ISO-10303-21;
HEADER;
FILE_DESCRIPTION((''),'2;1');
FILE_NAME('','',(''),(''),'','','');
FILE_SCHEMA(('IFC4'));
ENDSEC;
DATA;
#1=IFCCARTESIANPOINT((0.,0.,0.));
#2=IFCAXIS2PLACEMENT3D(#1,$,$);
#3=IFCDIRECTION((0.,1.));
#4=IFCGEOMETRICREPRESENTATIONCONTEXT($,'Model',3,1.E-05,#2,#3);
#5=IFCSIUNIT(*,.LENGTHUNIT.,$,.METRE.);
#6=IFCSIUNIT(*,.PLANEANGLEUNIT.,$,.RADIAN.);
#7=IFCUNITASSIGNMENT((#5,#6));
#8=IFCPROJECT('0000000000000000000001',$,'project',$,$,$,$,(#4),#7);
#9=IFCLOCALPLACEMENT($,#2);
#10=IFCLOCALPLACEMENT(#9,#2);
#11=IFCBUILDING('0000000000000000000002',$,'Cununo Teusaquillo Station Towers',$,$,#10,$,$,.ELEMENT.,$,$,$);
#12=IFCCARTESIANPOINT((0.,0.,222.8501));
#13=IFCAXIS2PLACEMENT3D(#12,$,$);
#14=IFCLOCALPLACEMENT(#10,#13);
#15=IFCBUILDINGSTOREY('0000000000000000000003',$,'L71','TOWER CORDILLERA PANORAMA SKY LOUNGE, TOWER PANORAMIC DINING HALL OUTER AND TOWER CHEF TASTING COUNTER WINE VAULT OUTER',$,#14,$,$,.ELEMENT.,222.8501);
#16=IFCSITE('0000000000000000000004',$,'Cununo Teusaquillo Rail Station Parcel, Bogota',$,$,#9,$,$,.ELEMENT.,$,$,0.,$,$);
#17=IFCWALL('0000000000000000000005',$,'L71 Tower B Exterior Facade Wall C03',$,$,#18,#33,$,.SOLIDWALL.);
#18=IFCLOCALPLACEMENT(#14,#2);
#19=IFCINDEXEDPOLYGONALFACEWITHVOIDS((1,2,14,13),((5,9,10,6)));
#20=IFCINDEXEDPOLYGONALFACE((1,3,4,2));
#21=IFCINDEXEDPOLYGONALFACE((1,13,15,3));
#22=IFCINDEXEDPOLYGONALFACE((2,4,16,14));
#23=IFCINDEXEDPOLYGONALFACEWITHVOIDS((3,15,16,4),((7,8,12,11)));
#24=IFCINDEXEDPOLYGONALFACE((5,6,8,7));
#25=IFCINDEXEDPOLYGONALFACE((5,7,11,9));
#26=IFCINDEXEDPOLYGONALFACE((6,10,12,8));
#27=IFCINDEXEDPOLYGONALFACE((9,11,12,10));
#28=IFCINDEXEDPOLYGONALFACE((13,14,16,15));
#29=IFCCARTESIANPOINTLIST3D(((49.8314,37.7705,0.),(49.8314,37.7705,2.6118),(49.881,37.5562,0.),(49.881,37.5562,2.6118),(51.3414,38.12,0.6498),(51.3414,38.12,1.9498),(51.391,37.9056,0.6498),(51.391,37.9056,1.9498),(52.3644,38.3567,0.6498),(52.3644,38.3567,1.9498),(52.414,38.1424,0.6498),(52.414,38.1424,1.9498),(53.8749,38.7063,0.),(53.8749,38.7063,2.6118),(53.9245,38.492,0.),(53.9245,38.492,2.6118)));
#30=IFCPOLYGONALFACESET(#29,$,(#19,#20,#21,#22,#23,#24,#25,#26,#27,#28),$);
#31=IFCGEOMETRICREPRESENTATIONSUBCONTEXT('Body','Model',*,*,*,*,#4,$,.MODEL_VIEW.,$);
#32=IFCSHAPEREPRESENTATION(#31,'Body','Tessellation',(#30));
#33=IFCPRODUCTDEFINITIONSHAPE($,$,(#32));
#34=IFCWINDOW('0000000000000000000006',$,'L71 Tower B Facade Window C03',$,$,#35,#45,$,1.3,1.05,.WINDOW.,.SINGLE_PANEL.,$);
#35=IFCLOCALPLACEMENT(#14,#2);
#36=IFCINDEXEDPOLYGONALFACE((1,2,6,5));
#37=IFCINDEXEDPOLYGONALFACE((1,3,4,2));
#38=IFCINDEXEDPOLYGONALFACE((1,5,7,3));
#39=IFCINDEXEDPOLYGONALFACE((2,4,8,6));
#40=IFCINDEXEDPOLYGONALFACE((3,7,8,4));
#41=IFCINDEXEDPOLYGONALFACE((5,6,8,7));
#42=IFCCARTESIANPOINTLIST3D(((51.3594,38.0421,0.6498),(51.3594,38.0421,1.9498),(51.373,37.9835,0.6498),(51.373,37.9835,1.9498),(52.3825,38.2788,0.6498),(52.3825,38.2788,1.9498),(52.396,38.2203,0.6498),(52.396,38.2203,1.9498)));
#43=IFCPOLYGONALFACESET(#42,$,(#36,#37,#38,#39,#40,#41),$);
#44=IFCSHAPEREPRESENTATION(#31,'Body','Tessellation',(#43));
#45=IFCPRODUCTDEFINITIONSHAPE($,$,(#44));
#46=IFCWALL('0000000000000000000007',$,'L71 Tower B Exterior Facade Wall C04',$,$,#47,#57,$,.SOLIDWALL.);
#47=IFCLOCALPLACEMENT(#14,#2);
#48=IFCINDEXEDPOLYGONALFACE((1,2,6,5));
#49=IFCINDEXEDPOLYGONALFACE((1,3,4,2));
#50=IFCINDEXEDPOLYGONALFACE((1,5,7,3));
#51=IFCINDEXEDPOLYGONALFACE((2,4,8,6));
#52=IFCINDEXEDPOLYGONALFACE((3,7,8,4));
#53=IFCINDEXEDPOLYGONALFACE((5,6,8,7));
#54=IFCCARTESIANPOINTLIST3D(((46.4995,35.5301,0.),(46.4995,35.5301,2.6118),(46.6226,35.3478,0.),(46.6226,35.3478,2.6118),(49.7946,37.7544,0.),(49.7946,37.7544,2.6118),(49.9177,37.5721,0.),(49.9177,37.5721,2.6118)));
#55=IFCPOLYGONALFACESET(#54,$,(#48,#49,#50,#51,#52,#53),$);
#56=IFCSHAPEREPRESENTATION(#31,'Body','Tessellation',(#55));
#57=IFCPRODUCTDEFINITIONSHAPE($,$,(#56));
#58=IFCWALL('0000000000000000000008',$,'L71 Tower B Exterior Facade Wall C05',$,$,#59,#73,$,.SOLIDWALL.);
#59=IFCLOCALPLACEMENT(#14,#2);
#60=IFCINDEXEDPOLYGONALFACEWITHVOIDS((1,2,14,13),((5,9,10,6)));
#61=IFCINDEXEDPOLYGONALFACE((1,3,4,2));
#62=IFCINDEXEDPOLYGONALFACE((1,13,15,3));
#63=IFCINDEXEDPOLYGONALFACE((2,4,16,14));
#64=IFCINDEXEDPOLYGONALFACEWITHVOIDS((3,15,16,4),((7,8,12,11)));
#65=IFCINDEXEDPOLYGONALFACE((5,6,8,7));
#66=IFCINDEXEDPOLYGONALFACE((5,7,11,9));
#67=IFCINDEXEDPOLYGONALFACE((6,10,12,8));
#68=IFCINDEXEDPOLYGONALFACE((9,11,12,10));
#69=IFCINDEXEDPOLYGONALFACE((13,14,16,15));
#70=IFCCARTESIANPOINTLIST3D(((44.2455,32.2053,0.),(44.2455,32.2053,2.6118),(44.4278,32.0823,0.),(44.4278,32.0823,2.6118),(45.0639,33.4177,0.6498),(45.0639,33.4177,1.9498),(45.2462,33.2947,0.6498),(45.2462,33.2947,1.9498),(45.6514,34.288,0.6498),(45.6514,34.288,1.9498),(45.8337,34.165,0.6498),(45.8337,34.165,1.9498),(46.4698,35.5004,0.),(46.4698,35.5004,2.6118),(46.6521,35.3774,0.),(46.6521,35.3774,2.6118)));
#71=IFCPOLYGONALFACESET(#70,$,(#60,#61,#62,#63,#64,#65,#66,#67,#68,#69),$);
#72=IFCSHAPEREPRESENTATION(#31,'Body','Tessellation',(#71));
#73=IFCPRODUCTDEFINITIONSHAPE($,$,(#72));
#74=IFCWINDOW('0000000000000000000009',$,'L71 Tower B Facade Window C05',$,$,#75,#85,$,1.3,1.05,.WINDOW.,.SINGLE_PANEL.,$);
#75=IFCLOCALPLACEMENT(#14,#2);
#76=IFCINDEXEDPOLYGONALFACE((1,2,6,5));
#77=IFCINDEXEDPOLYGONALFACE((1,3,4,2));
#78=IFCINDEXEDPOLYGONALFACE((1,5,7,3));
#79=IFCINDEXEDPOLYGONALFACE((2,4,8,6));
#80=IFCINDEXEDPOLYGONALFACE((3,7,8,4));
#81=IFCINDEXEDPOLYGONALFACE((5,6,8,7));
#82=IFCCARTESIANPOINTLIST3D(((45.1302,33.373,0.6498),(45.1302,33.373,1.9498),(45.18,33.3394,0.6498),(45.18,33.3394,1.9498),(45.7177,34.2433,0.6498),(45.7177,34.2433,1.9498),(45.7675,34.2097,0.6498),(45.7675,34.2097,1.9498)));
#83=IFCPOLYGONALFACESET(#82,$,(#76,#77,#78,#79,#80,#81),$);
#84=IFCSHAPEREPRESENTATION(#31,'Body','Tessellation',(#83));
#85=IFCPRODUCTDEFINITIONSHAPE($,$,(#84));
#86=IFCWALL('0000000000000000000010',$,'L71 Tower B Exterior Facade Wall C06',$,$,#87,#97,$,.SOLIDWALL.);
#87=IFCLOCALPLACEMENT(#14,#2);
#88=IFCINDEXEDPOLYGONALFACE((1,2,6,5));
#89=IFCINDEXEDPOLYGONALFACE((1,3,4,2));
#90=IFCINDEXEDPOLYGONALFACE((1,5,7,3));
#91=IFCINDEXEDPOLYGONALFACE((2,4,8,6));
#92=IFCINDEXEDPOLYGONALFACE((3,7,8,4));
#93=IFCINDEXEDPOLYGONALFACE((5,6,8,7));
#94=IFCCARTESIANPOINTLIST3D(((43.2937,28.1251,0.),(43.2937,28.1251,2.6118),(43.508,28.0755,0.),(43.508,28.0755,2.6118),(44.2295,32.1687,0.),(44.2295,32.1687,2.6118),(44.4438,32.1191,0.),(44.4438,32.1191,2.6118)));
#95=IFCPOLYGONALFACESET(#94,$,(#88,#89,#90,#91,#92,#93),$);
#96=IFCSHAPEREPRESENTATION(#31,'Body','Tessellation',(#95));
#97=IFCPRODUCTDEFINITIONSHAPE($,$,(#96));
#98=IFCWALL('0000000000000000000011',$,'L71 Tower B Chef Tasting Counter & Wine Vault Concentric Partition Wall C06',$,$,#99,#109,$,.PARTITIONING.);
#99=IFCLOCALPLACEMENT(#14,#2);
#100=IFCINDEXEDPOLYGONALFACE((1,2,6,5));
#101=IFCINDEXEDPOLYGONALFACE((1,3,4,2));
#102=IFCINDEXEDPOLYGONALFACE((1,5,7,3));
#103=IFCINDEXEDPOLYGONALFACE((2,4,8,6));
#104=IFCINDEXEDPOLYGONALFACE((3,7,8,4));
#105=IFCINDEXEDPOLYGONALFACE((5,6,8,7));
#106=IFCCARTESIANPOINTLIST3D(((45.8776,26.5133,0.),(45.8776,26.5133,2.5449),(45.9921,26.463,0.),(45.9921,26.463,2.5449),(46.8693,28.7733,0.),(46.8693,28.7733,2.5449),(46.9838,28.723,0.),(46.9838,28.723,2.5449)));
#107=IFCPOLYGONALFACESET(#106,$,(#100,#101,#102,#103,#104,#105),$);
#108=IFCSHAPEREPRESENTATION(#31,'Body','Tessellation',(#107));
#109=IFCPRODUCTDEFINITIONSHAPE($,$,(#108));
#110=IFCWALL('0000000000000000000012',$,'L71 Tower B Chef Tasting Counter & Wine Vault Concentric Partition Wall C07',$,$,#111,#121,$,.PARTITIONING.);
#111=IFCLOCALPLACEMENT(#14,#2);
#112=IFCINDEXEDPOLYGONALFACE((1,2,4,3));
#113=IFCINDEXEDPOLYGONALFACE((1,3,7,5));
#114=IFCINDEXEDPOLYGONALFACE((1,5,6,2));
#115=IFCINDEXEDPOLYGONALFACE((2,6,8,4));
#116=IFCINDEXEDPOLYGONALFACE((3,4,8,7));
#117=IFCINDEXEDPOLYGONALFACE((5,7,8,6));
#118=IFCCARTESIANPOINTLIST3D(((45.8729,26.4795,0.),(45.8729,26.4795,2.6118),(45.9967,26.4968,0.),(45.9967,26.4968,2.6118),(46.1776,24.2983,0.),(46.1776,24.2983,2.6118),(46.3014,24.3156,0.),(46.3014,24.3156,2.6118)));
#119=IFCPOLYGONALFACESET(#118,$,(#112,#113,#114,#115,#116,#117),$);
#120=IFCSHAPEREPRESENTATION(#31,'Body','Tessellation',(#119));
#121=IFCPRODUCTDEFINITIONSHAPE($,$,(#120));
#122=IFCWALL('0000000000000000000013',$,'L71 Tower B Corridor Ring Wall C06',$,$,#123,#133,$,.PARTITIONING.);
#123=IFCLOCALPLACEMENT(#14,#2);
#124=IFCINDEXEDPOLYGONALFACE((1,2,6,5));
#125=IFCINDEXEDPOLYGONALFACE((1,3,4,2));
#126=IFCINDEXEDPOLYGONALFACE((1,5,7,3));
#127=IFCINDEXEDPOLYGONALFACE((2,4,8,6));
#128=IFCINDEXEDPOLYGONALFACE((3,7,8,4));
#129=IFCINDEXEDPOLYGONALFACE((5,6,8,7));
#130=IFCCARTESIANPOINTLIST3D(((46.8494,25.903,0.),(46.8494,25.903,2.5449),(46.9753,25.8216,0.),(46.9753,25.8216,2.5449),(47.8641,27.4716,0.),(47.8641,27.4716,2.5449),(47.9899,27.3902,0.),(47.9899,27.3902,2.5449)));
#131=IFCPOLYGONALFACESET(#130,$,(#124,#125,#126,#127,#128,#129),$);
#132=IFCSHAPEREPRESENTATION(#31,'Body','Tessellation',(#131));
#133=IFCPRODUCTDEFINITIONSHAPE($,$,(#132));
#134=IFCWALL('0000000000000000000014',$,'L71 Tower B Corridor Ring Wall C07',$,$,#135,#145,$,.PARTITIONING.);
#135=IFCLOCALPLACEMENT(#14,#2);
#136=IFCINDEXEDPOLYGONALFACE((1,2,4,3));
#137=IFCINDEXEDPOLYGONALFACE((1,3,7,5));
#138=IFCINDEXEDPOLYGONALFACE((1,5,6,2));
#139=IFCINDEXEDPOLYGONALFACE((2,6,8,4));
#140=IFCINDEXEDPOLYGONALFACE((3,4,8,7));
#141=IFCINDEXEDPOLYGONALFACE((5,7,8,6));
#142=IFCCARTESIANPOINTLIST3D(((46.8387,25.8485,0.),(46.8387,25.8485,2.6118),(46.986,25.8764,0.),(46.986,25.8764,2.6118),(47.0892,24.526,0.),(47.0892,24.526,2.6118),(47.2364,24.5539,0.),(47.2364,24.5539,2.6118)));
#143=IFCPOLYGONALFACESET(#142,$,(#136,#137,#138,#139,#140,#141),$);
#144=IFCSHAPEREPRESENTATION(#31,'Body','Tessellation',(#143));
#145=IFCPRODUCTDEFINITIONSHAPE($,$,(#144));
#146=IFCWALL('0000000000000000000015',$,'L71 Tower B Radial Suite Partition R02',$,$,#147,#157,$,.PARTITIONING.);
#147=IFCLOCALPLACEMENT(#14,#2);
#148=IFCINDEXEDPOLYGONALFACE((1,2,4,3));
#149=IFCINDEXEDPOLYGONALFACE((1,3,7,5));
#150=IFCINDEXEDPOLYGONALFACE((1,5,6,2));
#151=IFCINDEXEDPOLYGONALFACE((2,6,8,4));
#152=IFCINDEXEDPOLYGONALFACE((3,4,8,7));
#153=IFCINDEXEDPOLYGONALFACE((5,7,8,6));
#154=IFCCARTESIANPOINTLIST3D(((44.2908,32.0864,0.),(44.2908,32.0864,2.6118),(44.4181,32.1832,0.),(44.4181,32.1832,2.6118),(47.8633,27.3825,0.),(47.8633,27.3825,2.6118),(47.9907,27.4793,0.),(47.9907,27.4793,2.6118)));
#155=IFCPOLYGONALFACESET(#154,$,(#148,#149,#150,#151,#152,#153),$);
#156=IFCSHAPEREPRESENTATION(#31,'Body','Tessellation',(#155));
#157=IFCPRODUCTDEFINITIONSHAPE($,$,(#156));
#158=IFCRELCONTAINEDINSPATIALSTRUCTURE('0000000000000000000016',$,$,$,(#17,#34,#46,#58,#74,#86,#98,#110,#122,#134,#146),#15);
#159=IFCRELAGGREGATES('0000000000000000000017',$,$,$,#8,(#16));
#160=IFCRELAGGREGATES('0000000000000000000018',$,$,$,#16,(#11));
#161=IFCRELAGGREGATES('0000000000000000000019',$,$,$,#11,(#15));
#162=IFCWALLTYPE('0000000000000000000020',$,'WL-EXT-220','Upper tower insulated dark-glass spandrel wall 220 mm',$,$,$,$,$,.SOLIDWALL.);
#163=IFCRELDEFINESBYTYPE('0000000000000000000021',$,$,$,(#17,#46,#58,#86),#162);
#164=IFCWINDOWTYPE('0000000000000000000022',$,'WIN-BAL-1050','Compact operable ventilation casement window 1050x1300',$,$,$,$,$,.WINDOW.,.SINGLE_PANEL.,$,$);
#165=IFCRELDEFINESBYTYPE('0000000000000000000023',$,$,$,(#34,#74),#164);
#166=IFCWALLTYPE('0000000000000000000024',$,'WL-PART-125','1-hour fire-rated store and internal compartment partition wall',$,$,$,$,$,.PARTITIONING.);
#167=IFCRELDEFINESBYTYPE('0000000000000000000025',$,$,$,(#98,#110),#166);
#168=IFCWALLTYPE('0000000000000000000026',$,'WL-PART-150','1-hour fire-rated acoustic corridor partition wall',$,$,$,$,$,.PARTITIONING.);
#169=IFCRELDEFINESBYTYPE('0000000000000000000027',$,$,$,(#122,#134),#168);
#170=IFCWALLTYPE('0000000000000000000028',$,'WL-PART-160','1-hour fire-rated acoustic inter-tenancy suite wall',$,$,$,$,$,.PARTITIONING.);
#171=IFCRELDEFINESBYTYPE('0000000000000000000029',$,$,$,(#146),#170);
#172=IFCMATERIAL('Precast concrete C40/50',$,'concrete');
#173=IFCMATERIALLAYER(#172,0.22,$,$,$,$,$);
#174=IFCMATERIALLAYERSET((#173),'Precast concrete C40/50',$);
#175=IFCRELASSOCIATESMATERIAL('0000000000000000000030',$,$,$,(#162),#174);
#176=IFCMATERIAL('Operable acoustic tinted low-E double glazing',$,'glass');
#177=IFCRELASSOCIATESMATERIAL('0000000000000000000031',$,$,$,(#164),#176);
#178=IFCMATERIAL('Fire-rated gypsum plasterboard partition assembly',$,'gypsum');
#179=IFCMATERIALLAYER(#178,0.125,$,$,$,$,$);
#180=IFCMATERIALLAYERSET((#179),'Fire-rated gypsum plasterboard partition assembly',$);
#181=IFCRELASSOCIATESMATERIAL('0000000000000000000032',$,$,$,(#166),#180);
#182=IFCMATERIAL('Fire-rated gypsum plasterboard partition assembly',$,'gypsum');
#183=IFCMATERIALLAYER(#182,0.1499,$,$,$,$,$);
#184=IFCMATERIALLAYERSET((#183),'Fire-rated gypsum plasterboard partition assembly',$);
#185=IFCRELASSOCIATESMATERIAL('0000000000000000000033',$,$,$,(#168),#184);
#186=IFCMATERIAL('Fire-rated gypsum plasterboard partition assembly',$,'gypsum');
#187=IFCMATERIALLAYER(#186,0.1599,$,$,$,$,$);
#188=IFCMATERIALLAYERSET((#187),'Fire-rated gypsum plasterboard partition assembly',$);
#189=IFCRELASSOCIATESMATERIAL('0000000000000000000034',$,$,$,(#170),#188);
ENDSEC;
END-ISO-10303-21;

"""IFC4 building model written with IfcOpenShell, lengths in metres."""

from ifc_helpers import new_model, si_unit, direction, frame, frame_2d, origin, place, context, subcontext, project, spatial, rectangle, extrude, source, transform, mapped, material, layer, layer_set, type_object, element, fill, save


model = new_model("IFC4")

# Units and contexts
model_context = context("Model", 3, precision=1e-05, world=origin(), true_north=direction((0.0, 1.0)))
body_context = subcontext(model_context, "Body", "Model", "MODEL_VIEW")
ifc_project = project(units=[si_unit("LENGTHUNIT", "METRE"), si_unit("PLANEANGLEUNIT", "RADIAN")], contexts=[model_context])

# Site, building, storey
site_placement = place(None, origin())
site = spatial("IfcSite", under=ifc_project, at=site_placement, Name="Cununo Teusaquillo Rail Station Parcel, Bogota", CompositionType="ELEMENT", RefElevation=0.0)
building_placement = place(site_placement, origin())
building = spatial("IfcBuilding", under=site, at=building_placement, Name="Cununo Teusaquillo Station Towers", CompositionType="ELEMENT")
storey_placement = place(building_placement, frame((0.0, 0.0, 222.8501)))
storey = spatial("IfcBuildingStorey", under=building, at=storey_placement, Name="L71", Description="TOWER CORDILLERA PANORAMA SKY LOUNGE, TOWER PANORAMIC DINING HALL OUTER AND TOWER CHEF TASTING COUNTER WINE VAULT OUTER", CompositionType="ELEMENT", Elevation=222.8501)

# Wall, opening, window
ifc_material_1 = material(Name="Precast concrete C40/50", Category="concrete")
ifc_layer_1 = layer(ifc_material_1, 0.22)
ifc_layer_set_1 = layer_set([ifc_layer_1], Name="Precast concrete C40/50")
wall_type_1 = type_object("IfcWallType", Name="WL-EXT-220", Description="Upper tower insulated dark-glass spandrel wall 220 mm", PredefinedType="SOLIDWALL", material=ifc_layer_set_1)
wall_1_placement = place(storey_placement, frame((49.8562, 37.6633, 0.0), z_axis=(0.0, 0.0, 1.0), x_axis=(0.974249, 0.225474, 0.0)))
wall_1 = element("IfcWall", 1, at=wall_1_placement, inside=storey, type_object=wall_type_1, Name="L71 Tower B Exterior Facade Wall C03", PredefinedType="SOLIDWALL", context=body_context, shape_type="SweptSolid", body=[
    extrude(rectangle(XDim=4.1504, YDim=0.22, at=frame_2d((2.0752, 0.0))), origin(), (0.0, 0.0, 1.0), 2.6118),
])
shared_shape_1 = source(origin(), body_context, "Body", "SweptSolid", [
    extrude(rectangle(XDim=1.05, YDim=1.3, at=frame_2d((0.5249, 0.6499))), frame((0.0, 0.1199, 0.0), z_axis=(0.0, -1.0, 0.0), x_axis=(1.0, 0.0, 0.0)), (0.0, 0.0, 1.0), 0.24),
])
opening_1_placement = place(wall_1_placement, frame((1.55, 0.0, 0.6499)))
opening_1 = element("IfcOpeningElement", 2, at=opening_1_placement, cuts=wall_1, PredefinedType="OPENING", context=body_context, shape_type="MappedRepresentation", body=[
    mapped(shared_shape_1, transform((0.0, 0.0, 0.0), x_axis=(1.0, 0.0, 0.0), y_axis=(0.0, 1.0, 0.0), z_axis=(0.0, 0.0, 1.0), scale=1.0)),
])
ifc_material_2 = material(Name="Operable acoustic tinted low-E double glazing", Category="glass")
window_type = type_object("IfcWindowType", Name="WIN-BAL-1050", Description="Compact operable ventilation casement window 1050x1300", PartitioningType="SINGLE_PANEL", PredefinedType="WINDOW", material=ifc_material_2)
shared_shape_2 = source(origin(), body_context, "Body", "SweptSolid", [
    extrude(rectangle(XDim=1.05, YDim=1.3, at=frame_2d((0.5249, 0.6499))), frame((0.0, 0.03, 0.0), z_axis=(0.0, -1.0, 0.0), x_axis=(1.0, 0.0, 0.0)), (0.0, 0.0, 1.0), 0.0601),
])
window_1_placement = place(opening_1_placement, origin())
window_1 = element("IfcWindow", 3, at=window_1_placement, inside=storey, type_object=window_type, Name="L71 Tower B Facade Window C03", OverallHeight=1.3, OverallWidth=1.05, PartitioningType="SINGLE_PANEL", PredefinedType="WINDOW", context=body_context, shape_type="MappedRepresentation", body=[
    mapped(shared_shape_2, transform((0.0, 0.0, 0.0), x_axis=(1.0, 0.0, 0.0), y_axis=(0.0, 1.0, 0.0), z_axis=(0.0, 0.0, 1.0), scale=1.0)),
])
fill(opening_1, window_1)

# Wall
wall_2_placement = place(storey_placement, frame((46.561, 35.439, 0.0), z_axis=(0.0, 0.0, 1.0), x_axis=(0.828834, 0.559495, 0.0)))
element("IfcWall", 4, at=wall_2_placement, inside=storey, type_object=wall_type_1, Name="L71 Tower B Exterior Facade Wall C04", PredefinedType="SOLIDWALL", context=body_context, shape_type="SweptSolid", body=[
    extrude(rectangle(XDim=3.9756, YDim=0.22, at=frame_2d((1.9878, 0.0))), origin(), (0.0, 0.0, 1.0), 2.6118),
])

# Wall, opening, window
wall_3_placement = place(storey_placement, frame((44.3367, 32.1438, 0.0), z_axis=(0.0, 0.0, 1.0), x_axis=(0.559495, 0.828834, 0.0)))
wall_3 = element("IfcWall", 5, at=wall_3_placement, inside=storey, type_object=wall_type_1, Name="L71 Tower B Exterior Facade Wall C05", PredefinedType="SOLIDWALL", context=body_context, shape_type="SweptSolid", body=[
    extrude(rectangle(XDim=3.9756, YDim=0.22, at=frame_2d((1.9878, 0.0))), origin(), (0.0, 0.0, 1.0), 2.6118),
])
opening_2_placement = place(wall_3_placement, frame((1.4629, 0.0, 0.6499)))
opening_2 = element("IfcOpeningElement", 6, at=opening_2_placement, cuts=wall_3, PredefinedType="OPENING", context=body_context, shape_type="MappedRepresentation", body=[
    mapped(shared_shape_1, transform((0.0, 0.0, 0.0), x_axis=(1.0, 0.0, 0.0), y_axis=(0.0, 1.0, 0.0), z_axis=(0.0, 0.0, 1.0), scale=1.0)),
])
window_2_placement = place(opening_2_placement, origin())
window_2 = element("IfcWindow", 7, at=window_2_placement, inside=storey, type_object=window_type, Name="L71 Tower B Facade Window C05", OverallHeight=1.3, OverallWidth=1.05, PartitioningType="SINGLE_PANEL", PredefinedType="WINDOW", context=body_context, shape_type="MappedRepresentation", body=[
    mapped(shared_shape_2, transform((0.0, 0.0, 0.0), x_axis=(1.0, 0.0, 0.0), y_axis=(0.0, 1.0, 0.0), z_axis=(0.0, 0.0, 1.0), scale=1.0)),
])
fill(opening_2, window_2)

# Walls
wall_4_placement = place(storey_placement, frame((43.4009, 28.1003, 0.0), z_axis=(0.0, 0.0, 1.0), x_axis=(0.225474, 0.974249, 0.0)))
element("IfcWall", 8, at=wall_4_placement, inside=storey, type_object=wall_type_1, Name="L71 Tower B Exterior Facade Wall C06", PredefinedType="SOLIDWALL", context=body_context, shape_type="SweptSolid", body=[
    extrude(rectangle(XDim=4.1504, YDim=0.22, at=frame_2d((2.0752, 0.0))), origin(), (0.0, 0.0, 1.0), 2.6118),
])
ifc_material_3 = material(Name="Fire-rated gypsum plasterboard partition assembly", Category="gypsum")
ifc_layer_2 = layer(ifc_material_3, 0.125)
ifc_layer_set_2 = layer_set([ifc_layer_2], Name="Fire-rated gypsum plasterboard partition assembly")
wall_type_2 = type_object("IfcWallType", Name="WL-PART-125", Description="1-hour fire-rated store and internal compartment partition wall", PredefinedType="PARTITIONING", material=ifc_layer_set_2)
wall_5_placement = place(storey_placement, frame((46.9265, 28.748, 0.0), z_axis=(0.0, 0.0, 1.0), x_axis=(-0.40182, -0.915719, 0.0)))
element("IfcWall", 9, at=wall_5_placement, inside=storey, type_object=wall_type_2, Name="L71 Tower B Chef Tasting Counter & Wine Vault Concentric Partition Wall C06", PredefinedType="PARTITIONING", context=body_context, shape_type="SweptSolid", body=[
    extrude(rectangle(XDim=2.468, YDim=0.125, at=frame_2d((1.2339, 0.0))), origin(), (0.0, 0.0, 1.0), 2.5449),
])
wall_6_placement = place(storey_placement, frame((45.9348, 26.488, 0.0), z_axis=(0.0, 0.0, 1.0), x_axis=(0.138348, -0.990384, 0.0)))
element("IfcWall", 10, at=wall_6_placement, inside=storey, type_object=wall_type_2, Name="L71 Tower B Chef Tasting Counter & Wine Vault Concentric Partition Wall C07", PredefinedType="PARTITIONING", context=body_context, shape_type="SweptSolid", body=[
    extrude(rectangle(XDim=2.2024, YDim=0.125, at=frame_2d((1.1011, 0.0))), origin(), (0.0, 0.0, 1.0), 2.6118),
])
ifc_material_4 = material(Name="Fire-rated gypsum plasterboard partition assembly", Category="gypsum")
ifc_layer_3 = layer(ifc_material_4, 0.1499)
ifc_layer_set_3 = layer_set([ifc_layer_3], Name="Fire-rated gypsum plasterboard partition assembly")
wall_type_3 = type_object("IfcWallType", Name="WL-PART-150", Description="1-hour fire-rated acoustic corridor partition wall", PredefinedType="PARTITIONING", material=ifc_layer_set_3)
wall_7_placement = place(storey_placement, frame((47.927, 27.4309, 0.0), z_axis=(0.0, 0.0, 1.0), x_axis=(-0.543127, -0.839651, 0.0)))
element("IfcWall", 11, at=wall_7_placement, inside=storey, type_object=wall_type_3, Name="L71 Tower B Corridor Ring Wall C06", PredefinedType="PARTITIONING", context=body_context, shape_type="SweptSolid", body=[
    extrude(rectangle(XDim=1.8682, YDim=0.1499, at=frame_2d((0.9341, 0.0))), origin(), (0.0, 0.0, 1.0), 2.5449),
])
wall_8_placement = place(storey_placement, frame((46.9124, 25.8623, 0.0), z_axis=(0.0, 0.0, 1.0), x_axis=(0.186095, -0.982532, 0.0)))
element("IfcWall", 12, at=wall_8_placement, inside=storey, type_object=wall_type_3, Name="L71 Tower B Corridor Ring Wall C07", PredefinedType="PARTITIONING", context=body_context, shape_type="SweptSolid", body=[
    extrude(rectangle(XDim=1.3459, YDim=0.1499, at=frame_2d((0.6729, 0.0))), origin(), (0.0, 0.0, 1.0), 2.6118),
])
ifc_material_5 = material(Name="Fire-rated gypsum plasterboard partition assembly", Category="gypsum")
ifc_layer_4 = layer(ifc_material_5, 0.1599)
ifc_layer_set_4 = layer_set([ifc_layer_4], Name="Fire-rated gypsum plasterboard partition assembly")
wall_type_4 = type_object("IfcWallType", Name="WL-PART-160", Description="1-hour fire-rated acoustic inter-tenancy suite wall", PredefinedType="PARTITIONING", material=ifc_layer_set_4)
wall_9_placement = place(storey_placement, frame((47.927, 27.4309, 0.0), z_axis=(0.0, 0.0, 1.0), x_axis=(-0.604823, 0.79636, 0.0)))
element("IfcWall", 13, at=wall_9_placement, inside=storey, type_object=wall_type_4, Name="L71 Tower B Radial Suite Partition R02", PredefinedType="PARTITIONING", context=body_context, shape_type="SweptSolid", body=[
    extrude(rectangle(XDim=5.9067, YDim=0.1599, at=frame_2d((2.9534, 0.0))), origin(), (0.0, 0.0, 1.0), 2.6118),
])

save(model, "model.ifc")
